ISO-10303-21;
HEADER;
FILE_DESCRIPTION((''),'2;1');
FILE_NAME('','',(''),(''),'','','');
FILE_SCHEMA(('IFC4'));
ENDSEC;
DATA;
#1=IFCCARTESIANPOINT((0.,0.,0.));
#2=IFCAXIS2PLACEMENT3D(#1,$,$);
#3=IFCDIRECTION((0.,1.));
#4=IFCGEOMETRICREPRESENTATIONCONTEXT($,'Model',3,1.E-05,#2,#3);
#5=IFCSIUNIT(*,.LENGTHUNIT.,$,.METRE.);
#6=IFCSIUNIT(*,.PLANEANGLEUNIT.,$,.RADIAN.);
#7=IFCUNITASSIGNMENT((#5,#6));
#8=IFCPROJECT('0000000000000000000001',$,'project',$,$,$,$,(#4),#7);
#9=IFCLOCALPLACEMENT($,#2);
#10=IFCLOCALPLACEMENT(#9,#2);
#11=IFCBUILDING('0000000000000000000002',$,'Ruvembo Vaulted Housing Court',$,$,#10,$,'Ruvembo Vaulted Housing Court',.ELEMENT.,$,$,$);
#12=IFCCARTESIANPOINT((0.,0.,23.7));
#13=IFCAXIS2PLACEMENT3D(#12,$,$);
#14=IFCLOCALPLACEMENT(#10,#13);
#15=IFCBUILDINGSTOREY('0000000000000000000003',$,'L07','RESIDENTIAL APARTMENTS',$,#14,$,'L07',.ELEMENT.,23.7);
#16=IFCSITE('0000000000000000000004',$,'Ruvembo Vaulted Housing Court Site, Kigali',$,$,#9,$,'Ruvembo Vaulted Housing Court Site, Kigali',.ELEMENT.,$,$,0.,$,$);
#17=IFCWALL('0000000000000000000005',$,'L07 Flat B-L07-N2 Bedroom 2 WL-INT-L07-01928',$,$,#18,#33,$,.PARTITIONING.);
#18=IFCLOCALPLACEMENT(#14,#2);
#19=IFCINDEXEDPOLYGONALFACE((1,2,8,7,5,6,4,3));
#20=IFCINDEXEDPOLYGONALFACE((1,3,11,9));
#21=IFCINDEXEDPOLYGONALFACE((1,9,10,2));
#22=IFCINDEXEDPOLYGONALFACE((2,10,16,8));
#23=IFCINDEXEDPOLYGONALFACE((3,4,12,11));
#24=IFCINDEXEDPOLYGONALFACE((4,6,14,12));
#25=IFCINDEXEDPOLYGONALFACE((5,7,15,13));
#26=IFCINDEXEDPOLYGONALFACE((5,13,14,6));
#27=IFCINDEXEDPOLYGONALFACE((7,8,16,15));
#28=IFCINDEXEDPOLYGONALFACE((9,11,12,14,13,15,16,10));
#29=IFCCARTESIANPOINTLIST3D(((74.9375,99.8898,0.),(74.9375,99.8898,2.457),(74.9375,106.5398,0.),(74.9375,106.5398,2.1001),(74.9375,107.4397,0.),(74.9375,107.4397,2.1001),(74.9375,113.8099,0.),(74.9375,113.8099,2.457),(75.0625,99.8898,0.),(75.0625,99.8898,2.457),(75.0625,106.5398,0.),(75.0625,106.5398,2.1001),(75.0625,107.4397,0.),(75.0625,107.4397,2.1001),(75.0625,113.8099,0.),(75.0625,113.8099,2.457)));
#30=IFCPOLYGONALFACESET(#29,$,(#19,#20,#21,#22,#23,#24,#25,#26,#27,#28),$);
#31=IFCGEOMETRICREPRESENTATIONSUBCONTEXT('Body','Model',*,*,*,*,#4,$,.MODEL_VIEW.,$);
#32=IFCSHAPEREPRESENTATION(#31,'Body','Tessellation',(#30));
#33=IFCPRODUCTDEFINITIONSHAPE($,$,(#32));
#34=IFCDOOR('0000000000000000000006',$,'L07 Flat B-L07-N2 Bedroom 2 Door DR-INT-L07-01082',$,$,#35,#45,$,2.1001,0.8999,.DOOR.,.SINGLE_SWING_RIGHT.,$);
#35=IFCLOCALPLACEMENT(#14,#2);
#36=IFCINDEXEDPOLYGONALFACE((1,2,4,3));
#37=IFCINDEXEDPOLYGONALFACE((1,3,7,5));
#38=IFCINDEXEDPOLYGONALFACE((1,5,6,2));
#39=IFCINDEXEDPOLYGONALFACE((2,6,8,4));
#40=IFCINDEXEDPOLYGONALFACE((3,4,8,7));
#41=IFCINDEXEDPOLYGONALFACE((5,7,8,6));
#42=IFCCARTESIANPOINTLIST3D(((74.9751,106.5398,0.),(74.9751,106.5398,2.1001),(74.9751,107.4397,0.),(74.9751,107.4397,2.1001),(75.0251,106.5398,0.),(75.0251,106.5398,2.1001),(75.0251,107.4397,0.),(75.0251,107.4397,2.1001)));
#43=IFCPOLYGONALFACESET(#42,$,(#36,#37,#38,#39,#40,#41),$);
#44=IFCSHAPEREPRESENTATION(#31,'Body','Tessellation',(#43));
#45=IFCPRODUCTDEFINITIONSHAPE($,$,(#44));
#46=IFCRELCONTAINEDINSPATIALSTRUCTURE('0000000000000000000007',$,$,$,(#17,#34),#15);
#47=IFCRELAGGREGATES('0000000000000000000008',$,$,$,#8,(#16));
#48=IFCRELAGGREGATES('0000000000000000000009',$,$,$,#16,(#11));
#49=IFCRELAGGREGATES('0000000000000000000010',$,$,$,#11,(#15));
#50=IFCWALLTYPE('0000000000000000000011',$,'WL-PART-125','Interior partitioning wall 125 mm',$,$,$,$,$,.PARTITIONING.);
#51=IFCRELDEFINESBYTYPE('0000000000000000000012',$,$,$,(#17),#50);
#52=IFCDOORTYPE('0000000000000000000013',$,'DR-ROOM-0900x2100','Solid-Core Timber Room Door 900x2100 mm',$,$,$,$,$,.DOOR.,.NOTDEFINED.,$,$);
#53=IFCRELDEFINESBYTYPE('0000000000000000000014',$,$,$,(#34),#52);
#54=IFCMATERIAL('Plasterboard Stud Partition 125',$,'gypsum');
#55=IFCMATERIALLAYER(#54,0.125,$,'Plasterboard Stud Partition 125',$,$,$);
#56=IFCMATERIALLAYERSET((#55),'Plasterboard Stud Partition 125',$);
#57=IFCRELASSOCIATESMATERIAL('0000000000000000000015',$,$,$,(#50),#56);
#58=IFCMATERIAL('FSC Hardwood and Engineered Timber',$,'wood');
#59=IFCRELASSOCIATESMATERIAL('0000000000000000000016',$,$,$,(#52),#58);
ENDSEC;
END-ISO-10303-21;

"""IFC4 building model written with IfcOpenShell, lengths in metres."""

from ifc_helpers import new_model, si_unit, direction, frame, frame_2d, origin, place, context, subcontext, project, spatial, rectangle, extrude, material, layer, layer_set, type_object, element, fill, save


model = new_model("IFC4")

# Units and contexts
model_context = context("Model", 3, precision=1e-05, world=origin(), true_north=direction((0.0, 1.0)))
body_context = subcontext(model_context, "Body", "Model", "MODEL_VIEW")
ifc_project = project(units=[si_unit("LENGTHUNIT", "METRE"), si_unit("PLANEANGLEUNIT", "RADIAN")], contexts=[model_context])

# Site, building, storey
site_placement = place(None, origin())
site = spatial("IfcSite", under=ifc_project, at=site_placement, Name="Ruvembo Vaulted Housing Court Site, Kigali", LongName="Ruvembo Vaulted Housing Court Site, Kigali", CompositionType="ELEMENT", RefElevation=0.0)
building_placement = place(site_placement, origin())
building = spatial("IfcBuilding", under=site, at=building_placement, Name="Ruvembo Vaulted Housing Court", LongName="Ruvembo Vaulted Housing Court", CompositionType="ELEMENT")
storey_placement = place(building_placement, frame((0.0, 0.0, 23.7)))
storey = spatial("IfcBuildingStorey", under=building, at=storey_placement, Name="L07", Description="RESIDENTIAL APARTMENTS", LongName="L07", CompositionType="ELEMENT", Elevation=23.7)

# Wall, opening, door
ifc_material_1 = material(Name="Plasterboard Stud Partition 125", Category="gypsum")
ifc_layer_1 = layer(ifc_material_1, 0.125, Name="Plasterboard Stud Partition 125")
ifc_layer_set_1 = layer_set([ifc_layer_1], Name="Plasterboard Stud Partition 125")
wall_type_1 = type_object("IfcWallType", Name="WL-PART-125", Description="Interior partitioning wall 125 mm", PredefinedType="PARTITIONING", material=ifc_layer_set_1)
wall_1_placement = place(storey_placement, frame((75.0, 99.8899, 0.0), z_axis=(0.0, 0.0, 1.0), x_axis=(0.0, 1.0, 0.0)))
wall_1 = element("IfcWall", 1, at=wall_1_placement, inside=storey, type_object=wall_type_1, Name="L07 Flat B-L07-N2 Bedroom 2 WL-INT-L07-01928", PredefinedType="PARTITIONING", context=body_context, shape_type="SweptSolid", body=[
    extrude(rectangle(XDim=13.9202, YDim=0.125, at=frame_2d((6.96, 0.0))), origin(), (0.0, 0.0, 1.0), 2.457),
])
opening_1_placement = place(wall_1_placement, frame((6.6499, 0.0, 0.0)))
opening_1 = element("IfcOpeningElement", 2, at=opening_1_placement, cuts=wall_1, PredefinedType="OPENING", context=body_context, shape_type="SweptSolid", body=[
    extrude(rectangle(XDim=0.8999, YDim=2.1001, at=frame_2d((0.45, 1.05))), frame((0.0, 0.0725, 0.0), z_axis=(0.0, -1.0, 0.0), x_axis=(1.0, 0.0, 0.0)), (0.0, 0.0, 1.0), 0.145),
])
ifc_material_2 = material(Name="FSC Hardwood and Engineered Timber", Category="wood")
door_type = type_object("IfcDoorType", Name="DR-ROOM-0900x2100", Description="Solid-Core Timber Room Door 900x2100 mm", OperationType="NOTDEFINED", PredefinedType="DOOR", material=ifc_material_2)
door_placement = place(opening_1_placement, origin())
door = element("IfcDoor", 3, at=door_placement, inside=storey, type_object=door_type, Name="L07 Flat B-L07-N2 Bedroom 2 Door DR-INT-L07-01082", OperationType="SINGLE_SWING_RIGHT", OverallHeight=2.1001, OverallWidth=0.8999, PredefinedType="DOOR", context=body_context, shape_type="SweptSolid", body=[
    extrude(rectangle(XDim=0.8999, YDim=2.1001, at=frame_2d((0.45, 1.05))), frame((0.0, 0.0249, 0.0), z_axis=(0.0, -1.0, 0.0), x_axis=(1.0, 0.0, 0.0)), (0.0, 0.0, 1.0), 0.05),
])
fill(opening_1, door)

save(model, "model.ifc")
